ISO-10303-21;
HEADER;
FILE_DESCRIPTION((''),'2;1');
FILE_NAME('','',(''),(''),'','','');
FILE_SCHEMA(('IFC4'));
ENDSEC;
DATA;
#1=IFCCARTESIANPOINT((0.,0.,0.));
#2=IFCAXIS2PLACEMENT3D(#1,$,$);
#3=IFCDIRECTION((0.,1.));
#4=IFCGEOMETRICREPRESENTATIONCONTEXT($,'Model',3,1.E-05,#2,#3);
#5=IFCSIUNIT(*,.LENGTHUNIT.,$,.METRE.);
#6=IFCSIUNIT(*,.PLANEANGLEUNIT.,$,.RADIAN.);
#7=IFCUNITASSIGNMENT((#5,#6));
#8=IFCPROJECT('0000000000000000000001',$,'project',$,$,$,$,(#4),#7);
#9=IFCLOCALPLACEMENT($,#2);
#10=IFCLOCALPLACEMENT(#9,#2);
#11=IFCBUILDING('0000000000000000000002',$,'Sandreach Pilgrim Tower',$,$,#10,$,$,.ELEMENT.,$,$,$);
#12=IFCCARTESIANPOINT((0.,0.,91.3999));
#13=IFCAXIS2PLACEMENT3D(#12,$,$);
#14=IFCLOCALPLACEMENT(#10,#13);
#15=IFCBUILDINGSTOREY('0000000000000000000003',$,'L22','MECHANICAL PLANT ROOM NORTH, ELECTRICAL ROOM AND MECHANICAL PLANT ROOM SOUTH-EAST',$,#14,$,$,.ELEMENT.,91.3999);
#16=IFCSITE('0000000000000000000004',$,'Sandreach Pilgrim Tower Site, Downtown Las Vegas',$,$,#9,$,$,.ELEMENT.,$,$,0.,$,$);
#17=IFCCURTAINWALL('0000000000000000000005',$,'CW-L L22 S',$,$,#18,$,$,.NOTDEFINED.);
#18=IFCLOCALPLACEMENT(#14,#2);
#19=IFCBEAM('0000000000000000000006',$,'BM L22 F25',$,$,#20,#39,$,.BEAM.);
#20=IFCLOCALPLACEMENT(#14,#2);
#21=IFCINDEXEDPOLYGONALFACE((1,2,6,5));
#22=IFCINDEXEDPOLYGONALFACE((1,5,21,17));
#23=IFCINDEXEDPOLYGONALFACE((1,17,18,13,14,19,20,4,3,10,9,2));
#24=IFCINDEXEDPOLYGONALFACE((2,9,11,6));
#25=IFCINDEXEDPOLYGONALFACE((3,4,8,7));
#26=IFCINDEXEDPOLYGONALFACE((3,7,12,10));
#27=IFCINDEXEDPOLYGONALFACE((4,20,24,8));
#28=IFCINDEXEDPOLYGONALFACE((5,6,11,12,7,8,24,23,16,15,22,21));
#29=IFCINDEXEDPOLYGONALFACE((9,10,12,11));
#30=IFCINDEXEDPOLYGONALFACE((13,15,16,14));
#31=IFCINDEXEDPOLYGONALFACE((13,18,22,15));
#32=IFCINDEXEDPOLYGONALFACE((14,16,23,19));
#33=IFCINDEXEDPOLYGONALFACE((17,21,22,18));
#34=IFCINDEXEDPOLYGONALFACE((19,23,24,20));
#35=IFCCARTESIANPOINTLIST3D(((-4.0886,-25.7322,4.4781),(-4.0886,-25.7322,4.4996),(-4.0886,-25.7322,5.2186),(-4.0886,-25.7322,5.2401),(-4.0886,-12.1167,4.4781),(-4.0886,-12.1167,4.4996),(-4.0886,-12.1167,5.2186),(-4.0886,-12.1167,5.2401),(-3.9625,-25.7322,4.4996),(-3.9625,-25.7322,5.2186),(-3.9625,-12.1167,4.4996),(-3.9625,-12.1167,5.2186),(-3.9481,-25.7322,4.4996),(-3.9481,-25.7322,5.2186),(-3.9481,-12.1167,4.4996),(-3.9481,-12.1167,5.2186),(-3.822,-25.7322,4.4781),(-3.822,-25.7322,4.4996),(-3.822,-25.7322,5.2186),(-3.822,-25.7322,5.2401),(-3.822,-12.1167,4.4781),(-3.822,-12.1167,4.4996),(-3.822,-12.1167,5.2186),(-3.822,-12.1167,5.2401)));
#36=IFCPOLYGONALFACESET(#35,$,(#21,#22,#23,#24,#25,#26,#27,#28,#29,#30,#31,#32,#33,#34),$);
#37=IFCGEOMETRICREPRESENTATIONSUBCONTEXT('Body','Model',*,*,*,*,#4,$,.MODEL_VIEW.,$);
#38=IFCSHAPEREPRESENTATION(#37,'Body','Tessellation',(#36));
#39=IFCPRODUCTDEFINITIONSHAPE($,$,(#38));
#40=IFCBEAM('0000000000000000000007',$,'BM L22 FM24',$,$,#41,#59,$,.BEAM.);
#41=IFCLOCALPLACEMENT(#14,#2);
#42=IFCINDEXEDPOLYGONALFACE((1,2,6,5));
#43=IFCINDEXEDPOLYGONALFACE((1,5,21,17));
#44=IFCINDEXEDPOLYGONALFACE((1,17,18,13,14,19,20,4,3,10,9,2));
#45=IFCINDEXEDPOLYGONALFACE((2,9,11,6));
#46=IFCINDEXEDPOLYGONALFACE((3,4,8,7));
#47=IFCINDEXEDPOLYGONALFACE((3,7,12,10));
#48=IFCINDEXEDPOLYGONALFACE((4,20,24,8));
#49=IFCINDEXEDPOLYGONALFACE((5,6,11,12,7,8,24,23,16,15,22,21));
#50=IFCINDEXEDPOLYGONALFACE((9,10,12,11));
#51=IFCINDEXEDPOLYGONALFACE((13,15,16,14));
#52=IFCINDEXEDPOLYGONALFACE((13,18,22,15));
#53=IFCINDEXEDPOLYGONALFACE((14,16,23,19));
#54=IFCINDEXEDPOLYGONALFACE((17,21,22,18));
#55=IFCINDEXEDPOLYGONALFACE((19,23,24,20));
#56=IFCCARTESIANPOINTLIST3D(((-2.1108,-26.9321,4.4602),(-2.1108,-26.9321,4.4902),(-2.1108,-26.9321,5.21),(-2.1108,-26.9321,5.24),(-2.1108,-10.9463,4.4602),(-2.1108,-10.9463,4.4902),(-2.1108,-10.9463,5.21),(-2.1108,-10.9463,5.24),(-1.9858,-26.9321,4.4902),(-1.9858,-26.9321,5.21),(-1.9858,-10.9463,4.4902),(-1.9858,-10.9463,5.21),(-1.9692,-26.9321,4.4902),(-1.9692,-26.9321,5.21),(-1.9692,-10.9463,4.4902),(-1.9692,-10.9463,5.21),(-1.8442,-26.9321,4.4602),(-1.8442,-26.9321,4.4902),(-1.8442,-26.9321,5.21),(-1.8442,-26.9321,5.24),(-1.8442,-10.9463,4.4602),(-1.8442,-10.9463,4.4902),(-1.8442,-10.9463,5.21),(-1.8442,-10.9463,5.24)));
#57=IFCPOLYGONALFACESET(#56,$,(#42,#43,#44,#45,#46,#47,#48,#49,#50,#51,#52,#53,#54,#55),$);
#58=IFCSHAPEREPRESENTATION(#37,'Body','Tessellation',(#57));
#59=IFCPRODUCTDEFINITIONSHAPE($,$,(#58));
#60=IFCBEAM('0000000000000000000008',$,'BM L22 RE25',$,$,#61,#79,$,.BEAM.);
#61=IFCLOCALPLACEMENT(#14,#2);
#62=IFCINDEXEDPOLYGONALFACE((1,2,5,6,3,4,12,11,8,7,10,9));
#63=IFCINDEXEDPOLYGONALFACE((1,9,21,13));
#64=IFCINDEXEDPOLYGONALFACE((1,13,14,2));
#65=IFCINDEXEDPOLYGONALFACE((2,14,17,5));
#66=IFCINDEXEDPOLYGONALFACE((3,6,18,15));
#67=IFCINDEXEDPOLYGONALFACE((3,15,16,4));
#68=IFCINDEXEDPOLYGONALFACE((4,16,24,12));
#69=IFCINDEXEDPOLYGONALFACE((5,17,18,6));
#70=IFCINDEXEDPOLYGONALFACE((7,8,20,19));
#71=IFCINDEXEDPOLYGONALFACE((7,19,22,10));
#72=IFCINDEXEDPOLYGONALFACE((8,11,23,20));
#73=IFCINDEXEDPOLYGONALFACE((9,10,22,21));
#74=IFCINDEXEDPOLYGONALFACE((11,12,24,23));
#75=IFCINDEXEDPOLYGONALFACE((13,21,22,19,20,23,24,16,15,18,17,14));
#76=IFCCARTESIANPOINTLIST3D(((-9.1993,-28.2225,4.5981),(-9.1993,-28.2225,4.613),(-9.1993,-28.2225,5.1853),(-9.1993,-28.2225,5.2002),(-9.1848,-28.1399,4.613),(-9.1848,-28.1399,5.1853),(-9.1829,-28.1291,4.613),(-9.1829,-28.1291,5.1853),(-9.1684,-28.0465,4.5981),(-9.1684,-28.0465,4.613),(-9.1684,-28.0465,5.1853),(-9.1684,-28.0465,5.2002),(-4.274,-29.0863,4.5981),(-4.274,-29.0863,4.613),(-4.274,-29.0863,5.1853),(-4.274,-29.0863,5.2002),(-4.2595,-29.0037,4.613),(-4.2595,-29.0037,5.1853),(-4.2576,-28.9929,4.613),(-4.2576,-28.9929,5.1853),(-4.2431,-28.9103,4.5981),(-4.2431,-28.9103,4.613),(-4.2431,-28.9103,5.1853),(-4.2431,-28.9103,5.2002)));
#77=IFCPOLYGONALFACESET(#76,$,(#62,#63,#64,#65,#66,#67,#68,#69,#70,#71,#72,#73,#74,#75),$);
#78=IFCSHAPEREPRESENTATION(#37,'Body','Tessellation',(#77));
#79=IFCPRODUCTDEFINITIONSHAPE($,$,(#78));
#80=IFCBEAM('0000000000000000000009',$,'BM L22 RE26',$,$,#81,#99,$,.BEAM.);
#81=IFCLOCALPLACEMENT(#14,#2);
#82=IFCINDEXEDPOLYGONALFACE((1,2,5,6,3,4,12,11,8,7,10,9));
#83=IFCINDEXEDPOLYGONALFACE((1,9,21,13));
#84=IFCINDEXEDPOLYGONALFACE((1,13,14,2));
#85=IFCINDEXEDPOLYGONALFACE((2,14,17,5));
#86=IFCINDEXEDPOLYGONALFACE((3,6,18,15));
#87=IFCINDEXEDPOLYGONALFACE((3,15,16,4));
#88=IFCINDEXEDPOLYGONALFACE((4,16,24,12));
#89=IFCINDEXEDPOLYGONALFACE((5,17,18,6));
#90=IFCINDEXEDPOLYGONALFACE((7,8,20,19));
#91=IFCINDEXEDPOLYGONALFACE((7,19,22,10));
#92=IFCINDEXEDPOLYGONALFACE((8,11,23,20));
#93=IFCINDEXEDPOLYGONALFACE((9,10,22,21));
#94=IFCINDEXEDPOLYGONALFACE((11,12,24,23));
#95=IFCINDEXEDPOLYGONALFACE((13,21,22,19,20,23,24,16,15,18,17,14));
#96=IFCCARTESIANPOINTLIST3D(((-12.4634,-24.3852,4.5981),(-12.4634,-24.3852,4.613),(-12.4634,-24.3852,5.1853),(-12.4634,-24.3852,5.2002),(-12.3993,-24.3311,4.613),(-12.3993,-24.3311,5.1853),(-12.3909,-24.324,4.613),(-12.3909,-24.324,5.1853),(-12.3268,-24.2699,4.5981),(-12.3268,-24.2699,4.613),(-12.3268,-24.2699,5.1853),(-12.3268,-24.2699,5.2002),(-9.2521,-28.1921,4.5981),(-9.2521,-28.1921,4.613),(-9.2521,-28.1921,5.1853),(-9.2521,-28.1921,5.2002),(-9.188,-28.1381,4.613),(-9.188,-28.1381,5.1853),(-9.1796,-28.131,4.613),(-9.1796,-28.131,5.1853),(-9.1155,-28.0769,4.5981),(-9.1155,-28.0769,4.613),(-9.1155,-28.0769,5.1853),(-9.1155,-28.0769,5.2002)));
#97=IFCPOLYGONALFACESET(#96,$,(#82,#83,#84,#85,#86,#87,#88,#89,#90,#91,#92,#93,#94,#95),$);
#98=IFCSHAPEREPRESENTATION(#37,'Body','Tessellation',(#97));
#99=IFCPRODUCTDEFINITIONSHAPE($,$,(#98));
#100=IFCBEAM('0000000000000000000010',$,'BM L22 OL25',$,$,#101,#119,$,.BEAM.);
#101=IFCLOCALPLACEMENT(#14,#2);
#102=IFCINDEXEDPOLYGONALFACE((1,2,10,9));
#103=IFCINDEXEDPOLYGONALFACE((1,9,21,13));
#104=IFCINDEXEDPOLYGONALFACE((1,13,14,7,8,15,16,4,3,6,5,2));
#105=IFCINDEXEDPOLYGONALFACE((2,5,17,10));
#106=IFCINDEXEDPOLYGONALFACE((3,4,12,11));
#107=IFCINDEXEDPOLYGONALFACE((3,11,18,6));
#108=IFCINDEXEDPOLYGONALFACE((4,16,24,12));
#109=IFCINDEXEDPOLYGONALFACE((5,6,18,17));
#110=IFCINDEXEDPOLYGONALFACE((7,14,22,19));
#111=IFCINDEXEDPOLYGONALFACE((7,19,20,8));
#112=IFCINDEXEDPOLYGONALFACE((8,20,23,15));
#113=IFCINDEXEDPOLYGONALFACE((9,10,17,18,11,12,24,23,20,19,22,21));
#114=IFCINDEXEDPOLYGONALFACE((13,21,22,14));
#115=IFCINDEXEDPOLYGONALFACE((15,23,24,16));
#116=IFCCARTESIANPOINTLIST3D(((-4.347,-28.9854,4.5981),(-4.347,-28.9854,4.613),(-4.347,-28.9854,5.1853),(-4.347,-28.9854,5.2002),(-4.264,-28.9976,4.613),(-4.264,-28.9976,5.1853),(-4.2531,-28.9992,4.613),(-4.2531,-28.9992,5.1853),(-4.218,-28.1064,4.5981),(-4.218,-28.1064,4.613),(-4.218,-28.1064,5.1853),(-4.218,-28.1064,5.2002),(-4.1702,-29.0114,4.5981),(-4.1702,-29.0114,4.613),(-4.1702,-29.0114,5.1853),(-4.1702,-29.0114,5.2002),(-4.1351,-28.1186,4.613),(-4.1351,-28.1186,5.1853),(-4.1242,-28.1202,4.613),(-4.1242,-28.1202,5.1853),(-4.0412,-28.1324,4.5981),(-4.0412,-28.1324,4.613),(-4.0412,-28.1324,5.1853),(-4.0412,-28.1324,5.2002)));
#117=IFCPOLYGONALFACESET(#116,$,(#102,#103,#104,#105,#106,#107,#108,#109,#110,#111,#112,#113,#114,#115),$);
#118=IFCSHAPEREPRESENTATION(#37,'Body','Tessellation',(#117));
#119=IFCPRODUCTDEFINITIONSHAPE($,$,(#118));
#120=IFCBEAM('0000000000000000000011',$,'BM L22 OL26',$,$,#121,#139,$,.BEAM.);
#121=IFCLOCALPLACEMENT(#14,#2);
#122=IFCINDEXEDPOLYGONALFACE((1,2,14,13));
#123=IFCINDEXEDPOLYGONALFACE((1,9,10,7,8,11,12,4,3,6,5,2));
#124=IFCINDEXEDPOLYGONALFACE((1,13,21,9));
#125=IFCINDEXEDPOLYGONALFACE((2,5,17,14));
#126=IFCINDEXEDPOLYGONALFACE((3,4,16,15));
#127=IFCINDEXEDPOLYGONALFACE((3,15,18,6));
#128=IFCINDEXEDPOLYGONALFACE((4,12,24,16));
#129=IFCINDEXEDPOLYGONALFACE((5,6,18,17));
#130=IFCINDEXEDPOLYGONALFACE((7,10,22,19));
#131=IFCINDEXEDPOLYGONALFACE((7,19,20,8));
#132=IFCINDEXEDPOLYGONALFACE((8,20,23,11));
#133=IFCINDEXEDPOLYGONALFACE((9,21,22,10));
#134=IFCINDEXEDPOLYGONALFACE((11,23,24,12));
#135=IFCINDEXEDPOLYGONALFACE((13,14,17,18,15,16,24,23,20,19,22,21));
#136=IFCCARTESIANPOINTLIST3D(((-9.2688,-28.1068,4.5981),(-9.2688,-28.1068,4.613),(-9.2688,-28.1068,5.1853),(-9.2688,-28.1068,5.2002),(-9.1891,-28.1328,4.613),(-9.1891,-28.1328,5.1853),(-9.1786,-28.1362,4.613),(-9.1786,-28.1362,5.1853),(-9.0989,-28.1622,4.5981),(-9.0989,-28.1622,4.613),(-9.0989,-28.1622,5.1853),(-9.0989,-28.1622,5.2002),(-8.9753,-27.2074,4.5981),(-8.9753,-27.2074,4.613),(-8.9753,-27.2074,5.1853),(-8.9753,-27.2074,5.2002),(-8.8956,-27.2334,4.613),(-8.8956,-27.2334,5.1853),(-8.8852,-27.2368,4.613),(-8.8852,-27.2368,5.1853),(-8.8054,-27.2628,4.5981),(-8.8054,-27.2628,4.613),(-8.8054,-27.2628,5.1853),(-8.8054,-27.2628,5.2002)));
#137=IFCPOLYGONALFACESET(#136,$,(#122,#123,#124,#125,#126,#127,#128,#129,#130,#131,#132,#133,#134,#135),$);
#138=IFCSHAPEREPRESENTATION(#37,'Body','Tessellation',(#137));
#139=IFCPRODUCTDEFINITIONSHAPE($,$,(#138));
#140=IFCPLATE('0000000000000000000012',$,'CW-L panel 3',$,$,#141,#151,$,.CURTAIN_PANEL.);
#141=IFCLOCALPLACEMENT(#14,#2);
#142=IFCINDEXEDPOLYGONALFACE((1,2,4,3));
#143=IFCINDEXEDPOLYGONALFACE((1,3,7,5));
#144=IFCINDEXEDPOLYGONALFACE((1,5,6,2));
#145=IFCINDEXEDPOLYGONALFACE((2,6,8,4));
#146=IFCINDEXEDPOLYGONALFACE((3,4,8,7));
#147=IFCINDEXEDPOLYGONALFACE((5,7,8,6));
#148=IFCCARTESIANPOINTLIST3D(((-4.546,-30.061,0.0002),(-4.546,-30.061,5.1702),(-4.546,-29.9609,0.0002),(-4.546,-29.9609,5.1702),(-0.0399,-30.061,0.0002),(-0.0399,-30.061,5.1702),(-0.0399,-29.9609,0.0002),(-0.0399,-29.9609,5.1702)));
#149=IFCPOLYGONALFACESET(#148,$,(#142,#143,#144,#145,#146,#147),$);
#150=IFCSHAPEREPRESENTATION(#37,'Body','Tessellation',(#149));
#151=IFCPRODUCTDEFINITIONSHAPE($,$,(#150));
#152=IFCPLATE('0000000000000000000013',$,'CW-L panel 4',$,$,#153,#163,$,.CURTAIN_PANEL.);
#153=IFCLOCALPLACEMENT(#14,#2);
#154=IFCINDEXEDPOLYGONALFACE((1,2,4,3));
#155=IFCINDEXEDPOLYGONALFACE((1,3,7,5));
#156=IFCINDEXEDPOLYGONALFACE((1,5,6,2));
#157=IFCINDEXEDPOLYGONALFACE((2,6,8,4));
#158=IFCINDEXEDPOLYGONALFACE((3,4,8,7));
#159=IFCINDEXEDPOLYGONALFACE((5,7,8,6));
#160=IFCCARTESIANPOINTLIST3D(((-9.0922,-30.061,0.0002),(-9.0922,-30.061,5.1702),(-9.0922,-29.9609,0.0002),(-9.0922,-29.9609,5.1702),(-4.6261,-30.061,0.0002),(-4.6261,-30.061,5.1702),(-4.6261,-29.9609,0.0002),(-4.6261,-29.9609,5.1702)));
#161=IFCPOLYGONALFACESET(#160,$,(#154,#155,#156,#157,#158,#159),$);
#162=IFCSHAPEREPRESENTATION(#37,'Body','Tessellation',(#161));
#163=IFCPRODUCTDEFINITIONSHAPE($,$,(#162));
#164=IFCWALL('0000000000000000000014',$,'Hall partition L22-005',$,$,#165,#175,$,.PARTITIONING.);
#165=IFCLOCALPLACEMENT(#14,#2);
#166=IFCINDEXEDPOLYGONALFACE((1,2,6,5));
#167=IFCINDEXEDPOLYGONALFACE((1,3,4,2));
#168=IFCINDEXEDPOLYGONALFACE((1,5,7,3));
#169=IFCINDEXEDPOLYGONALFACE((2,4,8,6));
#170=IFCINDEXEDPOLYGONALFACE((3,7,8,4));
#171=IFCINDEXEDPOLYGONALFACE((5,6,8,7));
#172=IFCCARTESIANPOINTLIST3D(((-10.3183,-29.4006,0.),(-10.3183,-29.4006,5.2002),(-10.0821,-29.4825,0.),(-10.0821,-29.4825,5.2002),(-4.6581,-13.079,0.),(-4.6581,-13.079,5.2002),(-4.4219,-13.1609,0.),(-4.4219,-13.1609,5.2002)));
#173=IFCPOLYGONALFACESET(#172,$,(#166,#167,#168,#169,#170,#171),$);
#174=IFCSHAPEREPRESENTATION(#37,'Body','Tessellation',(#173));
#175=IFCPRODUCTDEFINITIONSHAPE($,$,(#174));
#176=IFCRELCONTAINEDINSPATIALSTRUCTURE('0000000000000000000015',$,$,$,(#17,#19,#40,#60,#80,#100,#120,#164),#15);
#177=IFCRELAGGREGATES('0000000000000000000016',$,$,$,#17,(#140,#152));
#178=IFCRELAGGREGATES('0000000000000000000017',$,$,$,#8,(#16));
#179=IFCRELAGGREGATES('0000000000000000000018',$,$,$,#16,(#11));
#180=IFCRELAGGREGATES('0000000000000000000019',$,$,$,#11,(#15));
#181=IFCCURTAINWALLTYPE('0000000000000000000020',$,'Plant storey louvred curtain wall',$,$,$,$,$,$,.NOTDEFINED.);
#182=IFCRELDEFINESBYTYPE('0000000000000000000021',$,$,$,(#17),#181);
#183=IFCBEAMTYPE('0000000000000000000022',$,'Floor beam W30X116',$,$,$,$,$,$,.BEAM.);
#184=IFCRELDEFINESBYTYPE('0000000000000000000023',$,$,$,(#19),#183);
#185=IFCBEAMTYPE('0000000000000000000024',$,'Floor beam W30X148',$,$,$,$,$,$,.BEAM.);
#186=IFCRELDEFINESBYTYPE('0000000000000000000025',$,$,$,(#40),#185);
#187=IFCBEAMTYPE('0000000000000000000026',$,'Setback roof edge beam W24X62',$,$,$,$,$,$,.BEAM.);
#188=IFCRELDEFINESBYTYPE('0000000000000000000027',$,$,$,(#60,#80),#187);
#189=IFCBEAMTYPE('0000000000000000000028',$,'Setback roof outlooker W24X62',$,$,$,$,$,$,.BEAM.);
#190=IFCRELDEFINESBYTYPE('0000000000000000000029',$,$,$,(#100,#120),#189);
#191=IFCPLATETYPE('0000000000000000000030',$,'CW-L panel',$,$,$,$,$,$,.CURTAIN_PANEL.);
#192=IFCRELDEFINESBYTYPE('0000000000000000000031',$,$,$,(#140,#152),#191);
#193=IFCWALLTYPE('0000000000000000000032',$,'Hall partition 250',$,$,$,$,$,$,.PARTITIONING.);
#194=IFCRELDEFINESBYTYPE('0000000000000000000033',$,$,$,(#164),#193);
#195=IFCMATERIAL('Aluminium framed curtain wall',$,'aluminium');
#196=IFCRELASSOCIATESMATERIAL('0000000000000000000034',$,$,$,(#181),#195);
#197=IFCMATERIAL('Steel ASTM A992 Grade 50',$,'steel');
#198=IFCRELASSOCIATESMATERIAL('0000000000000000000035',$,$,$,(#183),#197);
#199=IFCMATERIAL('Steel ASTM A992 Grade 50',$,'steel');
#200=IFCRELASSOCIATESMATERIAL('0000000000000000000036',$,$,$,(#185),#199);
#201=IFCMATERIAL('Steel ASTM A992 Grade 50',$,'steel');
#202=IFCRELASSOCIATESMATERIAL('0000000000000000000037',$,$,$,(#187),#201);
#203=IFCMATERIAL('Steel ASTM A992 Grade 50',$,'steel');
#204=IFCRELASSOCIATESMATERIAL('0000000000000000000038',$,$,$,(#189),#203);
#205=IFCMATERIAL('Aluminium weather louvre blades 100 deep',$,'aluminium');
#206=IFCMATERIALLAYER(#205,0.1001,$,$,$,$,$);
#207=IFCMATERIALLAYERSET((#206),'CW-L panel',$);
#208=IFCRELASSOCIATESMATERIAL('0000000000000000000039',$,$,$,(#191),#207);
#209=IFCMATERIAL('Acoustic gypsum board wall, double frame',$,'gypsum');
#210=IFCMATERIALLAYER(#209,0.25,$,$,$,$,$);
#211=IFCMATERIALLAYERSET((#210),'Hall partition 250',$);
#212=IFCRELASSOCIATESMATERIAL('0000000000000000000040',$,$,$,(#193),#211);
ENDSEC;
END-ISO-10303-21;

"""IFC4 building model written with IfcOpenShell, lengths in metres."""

from ifc_helpers import new_model, si_unit, direction, frame, frame_2d, origin, origin_2d, place, context, subcontext, project, spatial, rectangle, i_section, extrude, material, layer, layer_set, material_profile, profile_set, type_object, element, aggregate, save


model = new_model("IFC4")

# Units and contexts
model_context = context("Model", 3, precision=1e-05, world=origin(), true_north=direction((0.0, 1.0)))
body_context = subcontext(model_context, "Body", "Model", "MODEL_VIEW")
ifc_project = project(units=[si_unit("LENGTHUNIT", "METRE"), si_unit("PLANEANGLEUNIT", "RADIAN")], contexts=[model_context])

# Site, building, storey
site_placement = place(None, origin())
site = spatial("IfcSite", under=ifc_project, at=site_placement, Name="Sandreach Pilgrim Tower Site, Downtown Las Vegas", CompositionType="ELEMENT", RefElevation=0.0)
building_placement = place(site_placement, origin())
building = spatial("IfcBuilding", under=site, at=building_placement, Name="Sandreach Pilgrim Tower", CompositionType="ELEMENT")
storey_placement = place(building_placement, frame((0.0, 0.0, 91.3999)))
storey = spatial("IfcBuildingStorey", under=building, at=storey_placement, Name="L22", Description="MECHANICAL PLANT ROOM NORTH, ELECTRICAL ROOM AND MECHANICAL PLANT ROOM SOUTH-EAST", CompositionType="ELEMENT", Elevation=91.3999)

# Curtain wall
ifc_material_1 = material(Name="Aluminium framed curtain wall", Category="aluminium")
curtain_wall_type = type_object("IfcCurtainWallType", Name="Plant storey louvred curtain wall", PredefinedType="NOTDEFINED", material=ifc_material_1)
curtain_wall_1_placement = place(storey_placement, origin())
curtain_wall_1 = element("IfcCurtainWall", 1, at=curtain_wall_1_placement, inside=storey, type_object=curtain_wall_type, Name="CW-L L22 S", PredefinedType="NOTDEFINED")

# Beams
ifc_material_2 = material(Name="Steel ASTM A992 Grade 50", Category="steel")
ifc_material_profile_1 = material_profile(ifc_material_2, i_section(OverallWidth=0.2666, OverallDepth=0.762, WebThickness=0.0144, FlangeThickness=0.0215, at=origin_2d()), Name="W30X116")
ifc_profile_set_1 = profile_set([ifc_material_profile_1], Name="Steel ASTM A992 Grade 50")
beam_type_1 = type_object("IfcBeamType", Name="Floor beam W30X116", PredefinedType="BEAM", material=ifc_profile_set_1)
beam_1_placement = place(storey_placement, frame((-3.9553, -25.7322, 4.8591), z_axis=(0.0, 1.0, 0.0), x_axis=(-1.0, 0.0, 0.0)))
element("IfcBeam", 2, at=beam_1_placement, inside=storey, type_object=beam_type_1, Name="BM L22 F25", PredefinedType="BEAM", context=body_context, shape_type="SweptSolid", body=[
    extrude(i_section(OverallWidth=0.2666, OverallDepth=0.762, WebThickness=0.0144, FlangeThickness=0.0215, at=origin_2d()), origin(), (0.0, 0.0, 1.0), 13.6155),
])
ifc_material_3 = material(Name="Steel ASTM A992 Grade 50", Category="steel")
ifc_material_profile_2 = material_profile(ifc_material_3, i_section(OverallWidth=0.2666, OverallDepth=0.7798, WebThickness=0.0166, FlangeThickness=0.03, at=origin_2d()), Name="W30X148")
ifc_profile_set_2 = profile_set([ifc_material_profile_2], Name="Steel ASTM A992 Grade 50")
beam_type_2 = type_object("IfcBeamType", Name="Floor beam W30X148", PredefinedType="BEAM", material=ifc_profile_set_2)
beam_2_placement = place(storey_placement, frame((-1.9775, -26.9321, 4.8501), z_axis=(0.0, 1.0, 0.0), x_axis=(-1.0, 0.0, 0.0)))
element("IfcBeam", 3, at=beam_2_placement, inside=storey, type_object=beam_type_2, Name="BM L22 FM24", PredefinedType="BEAM", context=body_context, shape_type="SweptSolid", body=[
    extrude(i_section(OverallWidth=0.2666, OverallDepth=0.7798, WebThickness=0.0166, FlangeThickness=0.03, at=origin_2d()), origin(), (0.0, 0.0, 1.0), 15.9858),
])
ifc_material_4 = material(Name="Steel ASTM A992 Grade 50", Category="steel")
ifc_material_profile_3 = material_profile(ifc_material_4, i_section(OverallWidth=0.1787, OverallDepth=0.6021, WebThickness=0.011, FlangeThickness=0.0149, at=origin_2d()), Name="W24X62")
ifc_profile_set_3 = profile_set([ifc_material_profile_3], Name="Steel ASTM A992 Grade 50")
beam_type_3 = type_object("IfcBeamType", Name="Setback roof edge beam W24X62", PredefinedType="BEAM", material=ifc_profile_set_3)
beam_3_placement = place(storey_placement, frame((-4.2585, -28.9983, 4.8992), z_axis=(-0.984968, 0.172738, 0.0), x_axis=(-0.172738, -0.984968, 0.0)))
element("IfcBeam", 4, at=beam_3_placement, inside=storey, type_object=beam_type_3, Name="BM L22 RE25", PredefinedType="BEAM", context=body_context, shape_type="SweptSolid", body=[
    extrude(i_section(OverallWidth=0.1787, OverallDepth=0.6021, WebThickness=0.011, FlangeThickness=0.0149, at=origin_2d()), origin(), (0.0, 0.0, 1.0), 5.0005),
])
beam_4_placement = place(storey_placement, frame((-9.1838, -28.1345, 4.8992), z_axis=(-0.644768, 0.764378, 0.0), x_axis=(-0.764378, -0.644768, 0.0)))
element("IfcBeam", 5, at=beam_4_placement, inside=storey, type_object=beam_type_3, Name="BM L22 RE26", PredefinedType="BEAM", context=body_context, shape_type="SweptSolid", body=[
    extrude(i_section(OverallWidth=0.1787, OverallDepth=0.6021, WebThickness=0.011, FlangeThickness=0.0149, at=origin_2d()), origin(), (0.0, 0.0, 1.0), 4.9805),
])
ifc_material_5 = material(Name="Steel ASTM A992 Grade 50", Category="steel")
ifc_material_profile_4 = material_profile(ifc_material_5, i_section(OverallWidth=0.1787, OverallDepth=0.6021, WebThickness=0.011, FlangeThickness=0.0149, at=origin_2d()), Name="W24X62")
ifc_profile_set_4 = profile_set([ifc_material_profile_4], Name="Steel ASTM A992 Grade 50")
beam_type_4 = type_object("IfcBeamType", Name="Setback roof outlooker W24X62", PredefinedType="BEAM", material=ifc_profile_set_4)
beam_5_placement = place(storey_placement, frame((-4.1296, -28.1194, 4.8992), z_axis=(-0.145114, -0.989415, 0.0), x_axis=(0.989415, -0.145114, 0.0)))
element("IfcBeam", 6, at=beam_5_placement, inside=storey, type_object=beam_type_4, Name="BM L22 OL25", PredefinedType="BEAM", context=body_context, shape_type="SweptSolid", body=[
    extrude(i_section(OverallWidth=0.1787, OverallDepth=0.6021, WebThickness=0.011, FlangeThickness=0.0149, at=origin_2d()), origin(), (0.0, 0.0, 1.0), 0.8884),
])
beam_6_placement = place(storey_placement, frame((-8.8904, -27.2351, 4.8992), z_axis=(-0.310183, -0.950677, 0.0), x_axis=(0.950677, -0.310183, 0.0)))
element("IfcBeam", 7, at=beam_6_placement, inside=storey, type_object=beam_type_4, Name="BM L22 OL26", PredefinedType="BEAM", context=body_context, shape_type="SweptSolid", body=[
    extrude(i_section(OverallWidth=0.1787, OverallDepth=0.6021, WebThickness=0.011, FlangeThickness=0.0149, at=origin_2d()), origin(), (0.0, 0.0, 1.0), 0.946),
])

# Plates
ifc_material_6 = material(Name="Aluminium weather louvre blades 100 deep", Category="aluminium")
ifc_layer_1 = layer(ifc_material_6, 0.1001)
ifc_layer_set_1 = layer_set([ifc_layer_1], Name="CW-L panel")
plate_type = type_object("IfcPlateType", Name="CW-L panel", PredefinedType="CURTAIN_PANEL", material=ifc_layer_set_1)
plate_1_placement = place(storey_placement, frame((-2.293, -30.011, 0.0002), z_axis=(0.0, 0.0, 1.0), x_axis=(-1.0, 0.0, 0.0)))
plate_1 = element("IfcPlate", 8, at=plate_1_placement, type_object=plate_type, Name="CW-L panel 3", PredefinedType="CURTAIN_PANEL", context=body_context, shape_type="SweptSolid", body=[
    extrude(rectangle(XDim=4.5061, YDim=0.1001, at=origin_2d()), origin(), (0.0, 0.0, 1.0), 5.1699),
])
plate_2_placement = place(storey_placement, frame((-6.8591, -30.011, 0.0002), z_axis=(0.0, 0.0, 1.0), x_axis=(-1.0, 0.0, 0.0)))
plate_2 = element("IfcPlate", 9, at=plate_2_placement, type_object=plate_type, Name="CW-L panel 4", PredefinedType="CURTAIN_PANEL", context=body_context, shape_type="SweptSolid", body=[
    extrude(rectangle(XDim=4.4661, YDim=0.1001, at=origin_2d()), origin(), (0.0, 0.0, 1.0), 5.1699),
])
aggregate(curtain_wall_1, [plate_1, plate_2])

# Wall
ifc_material_7 = material(Name="Acoustic gypsum board wall, double frame", Category="gypsum")
ifc_layer_2 = layer(ifc_material_7, 0.25)
ifc_layer_set_2 = layer_set([ifc_layer_2], Name="Hall partition 250")
wall_type_1 = type_object("IfcWallType", Name="Hall partition 250", PredefinedType="PARTITIONING", material=ifc_layer_set_2)
wall_1_placement = place(storey_placement, frame((-10.2002, -29.4417, 0.0), z_axis=(0.0, 0.0, 1.0), x_axis=(0.327648, 0.9448, 0.0)))
element("IfcWall", 10, at=wall_1_placement, inside=storey, type_object=wall_type_1, Name="Hall partition L22-005", PredefinedType="PARTITIONING", context=body_context, shape_type="SweptSolid", body=[
    extrude(rectangle(XDim=17.2751, YDim=0.25, at=frame_2d((8.6377, 0.0))), origin(), (0.0, 0.0, 1.0), 5.2002),
])

save(model, "model.ifc")
